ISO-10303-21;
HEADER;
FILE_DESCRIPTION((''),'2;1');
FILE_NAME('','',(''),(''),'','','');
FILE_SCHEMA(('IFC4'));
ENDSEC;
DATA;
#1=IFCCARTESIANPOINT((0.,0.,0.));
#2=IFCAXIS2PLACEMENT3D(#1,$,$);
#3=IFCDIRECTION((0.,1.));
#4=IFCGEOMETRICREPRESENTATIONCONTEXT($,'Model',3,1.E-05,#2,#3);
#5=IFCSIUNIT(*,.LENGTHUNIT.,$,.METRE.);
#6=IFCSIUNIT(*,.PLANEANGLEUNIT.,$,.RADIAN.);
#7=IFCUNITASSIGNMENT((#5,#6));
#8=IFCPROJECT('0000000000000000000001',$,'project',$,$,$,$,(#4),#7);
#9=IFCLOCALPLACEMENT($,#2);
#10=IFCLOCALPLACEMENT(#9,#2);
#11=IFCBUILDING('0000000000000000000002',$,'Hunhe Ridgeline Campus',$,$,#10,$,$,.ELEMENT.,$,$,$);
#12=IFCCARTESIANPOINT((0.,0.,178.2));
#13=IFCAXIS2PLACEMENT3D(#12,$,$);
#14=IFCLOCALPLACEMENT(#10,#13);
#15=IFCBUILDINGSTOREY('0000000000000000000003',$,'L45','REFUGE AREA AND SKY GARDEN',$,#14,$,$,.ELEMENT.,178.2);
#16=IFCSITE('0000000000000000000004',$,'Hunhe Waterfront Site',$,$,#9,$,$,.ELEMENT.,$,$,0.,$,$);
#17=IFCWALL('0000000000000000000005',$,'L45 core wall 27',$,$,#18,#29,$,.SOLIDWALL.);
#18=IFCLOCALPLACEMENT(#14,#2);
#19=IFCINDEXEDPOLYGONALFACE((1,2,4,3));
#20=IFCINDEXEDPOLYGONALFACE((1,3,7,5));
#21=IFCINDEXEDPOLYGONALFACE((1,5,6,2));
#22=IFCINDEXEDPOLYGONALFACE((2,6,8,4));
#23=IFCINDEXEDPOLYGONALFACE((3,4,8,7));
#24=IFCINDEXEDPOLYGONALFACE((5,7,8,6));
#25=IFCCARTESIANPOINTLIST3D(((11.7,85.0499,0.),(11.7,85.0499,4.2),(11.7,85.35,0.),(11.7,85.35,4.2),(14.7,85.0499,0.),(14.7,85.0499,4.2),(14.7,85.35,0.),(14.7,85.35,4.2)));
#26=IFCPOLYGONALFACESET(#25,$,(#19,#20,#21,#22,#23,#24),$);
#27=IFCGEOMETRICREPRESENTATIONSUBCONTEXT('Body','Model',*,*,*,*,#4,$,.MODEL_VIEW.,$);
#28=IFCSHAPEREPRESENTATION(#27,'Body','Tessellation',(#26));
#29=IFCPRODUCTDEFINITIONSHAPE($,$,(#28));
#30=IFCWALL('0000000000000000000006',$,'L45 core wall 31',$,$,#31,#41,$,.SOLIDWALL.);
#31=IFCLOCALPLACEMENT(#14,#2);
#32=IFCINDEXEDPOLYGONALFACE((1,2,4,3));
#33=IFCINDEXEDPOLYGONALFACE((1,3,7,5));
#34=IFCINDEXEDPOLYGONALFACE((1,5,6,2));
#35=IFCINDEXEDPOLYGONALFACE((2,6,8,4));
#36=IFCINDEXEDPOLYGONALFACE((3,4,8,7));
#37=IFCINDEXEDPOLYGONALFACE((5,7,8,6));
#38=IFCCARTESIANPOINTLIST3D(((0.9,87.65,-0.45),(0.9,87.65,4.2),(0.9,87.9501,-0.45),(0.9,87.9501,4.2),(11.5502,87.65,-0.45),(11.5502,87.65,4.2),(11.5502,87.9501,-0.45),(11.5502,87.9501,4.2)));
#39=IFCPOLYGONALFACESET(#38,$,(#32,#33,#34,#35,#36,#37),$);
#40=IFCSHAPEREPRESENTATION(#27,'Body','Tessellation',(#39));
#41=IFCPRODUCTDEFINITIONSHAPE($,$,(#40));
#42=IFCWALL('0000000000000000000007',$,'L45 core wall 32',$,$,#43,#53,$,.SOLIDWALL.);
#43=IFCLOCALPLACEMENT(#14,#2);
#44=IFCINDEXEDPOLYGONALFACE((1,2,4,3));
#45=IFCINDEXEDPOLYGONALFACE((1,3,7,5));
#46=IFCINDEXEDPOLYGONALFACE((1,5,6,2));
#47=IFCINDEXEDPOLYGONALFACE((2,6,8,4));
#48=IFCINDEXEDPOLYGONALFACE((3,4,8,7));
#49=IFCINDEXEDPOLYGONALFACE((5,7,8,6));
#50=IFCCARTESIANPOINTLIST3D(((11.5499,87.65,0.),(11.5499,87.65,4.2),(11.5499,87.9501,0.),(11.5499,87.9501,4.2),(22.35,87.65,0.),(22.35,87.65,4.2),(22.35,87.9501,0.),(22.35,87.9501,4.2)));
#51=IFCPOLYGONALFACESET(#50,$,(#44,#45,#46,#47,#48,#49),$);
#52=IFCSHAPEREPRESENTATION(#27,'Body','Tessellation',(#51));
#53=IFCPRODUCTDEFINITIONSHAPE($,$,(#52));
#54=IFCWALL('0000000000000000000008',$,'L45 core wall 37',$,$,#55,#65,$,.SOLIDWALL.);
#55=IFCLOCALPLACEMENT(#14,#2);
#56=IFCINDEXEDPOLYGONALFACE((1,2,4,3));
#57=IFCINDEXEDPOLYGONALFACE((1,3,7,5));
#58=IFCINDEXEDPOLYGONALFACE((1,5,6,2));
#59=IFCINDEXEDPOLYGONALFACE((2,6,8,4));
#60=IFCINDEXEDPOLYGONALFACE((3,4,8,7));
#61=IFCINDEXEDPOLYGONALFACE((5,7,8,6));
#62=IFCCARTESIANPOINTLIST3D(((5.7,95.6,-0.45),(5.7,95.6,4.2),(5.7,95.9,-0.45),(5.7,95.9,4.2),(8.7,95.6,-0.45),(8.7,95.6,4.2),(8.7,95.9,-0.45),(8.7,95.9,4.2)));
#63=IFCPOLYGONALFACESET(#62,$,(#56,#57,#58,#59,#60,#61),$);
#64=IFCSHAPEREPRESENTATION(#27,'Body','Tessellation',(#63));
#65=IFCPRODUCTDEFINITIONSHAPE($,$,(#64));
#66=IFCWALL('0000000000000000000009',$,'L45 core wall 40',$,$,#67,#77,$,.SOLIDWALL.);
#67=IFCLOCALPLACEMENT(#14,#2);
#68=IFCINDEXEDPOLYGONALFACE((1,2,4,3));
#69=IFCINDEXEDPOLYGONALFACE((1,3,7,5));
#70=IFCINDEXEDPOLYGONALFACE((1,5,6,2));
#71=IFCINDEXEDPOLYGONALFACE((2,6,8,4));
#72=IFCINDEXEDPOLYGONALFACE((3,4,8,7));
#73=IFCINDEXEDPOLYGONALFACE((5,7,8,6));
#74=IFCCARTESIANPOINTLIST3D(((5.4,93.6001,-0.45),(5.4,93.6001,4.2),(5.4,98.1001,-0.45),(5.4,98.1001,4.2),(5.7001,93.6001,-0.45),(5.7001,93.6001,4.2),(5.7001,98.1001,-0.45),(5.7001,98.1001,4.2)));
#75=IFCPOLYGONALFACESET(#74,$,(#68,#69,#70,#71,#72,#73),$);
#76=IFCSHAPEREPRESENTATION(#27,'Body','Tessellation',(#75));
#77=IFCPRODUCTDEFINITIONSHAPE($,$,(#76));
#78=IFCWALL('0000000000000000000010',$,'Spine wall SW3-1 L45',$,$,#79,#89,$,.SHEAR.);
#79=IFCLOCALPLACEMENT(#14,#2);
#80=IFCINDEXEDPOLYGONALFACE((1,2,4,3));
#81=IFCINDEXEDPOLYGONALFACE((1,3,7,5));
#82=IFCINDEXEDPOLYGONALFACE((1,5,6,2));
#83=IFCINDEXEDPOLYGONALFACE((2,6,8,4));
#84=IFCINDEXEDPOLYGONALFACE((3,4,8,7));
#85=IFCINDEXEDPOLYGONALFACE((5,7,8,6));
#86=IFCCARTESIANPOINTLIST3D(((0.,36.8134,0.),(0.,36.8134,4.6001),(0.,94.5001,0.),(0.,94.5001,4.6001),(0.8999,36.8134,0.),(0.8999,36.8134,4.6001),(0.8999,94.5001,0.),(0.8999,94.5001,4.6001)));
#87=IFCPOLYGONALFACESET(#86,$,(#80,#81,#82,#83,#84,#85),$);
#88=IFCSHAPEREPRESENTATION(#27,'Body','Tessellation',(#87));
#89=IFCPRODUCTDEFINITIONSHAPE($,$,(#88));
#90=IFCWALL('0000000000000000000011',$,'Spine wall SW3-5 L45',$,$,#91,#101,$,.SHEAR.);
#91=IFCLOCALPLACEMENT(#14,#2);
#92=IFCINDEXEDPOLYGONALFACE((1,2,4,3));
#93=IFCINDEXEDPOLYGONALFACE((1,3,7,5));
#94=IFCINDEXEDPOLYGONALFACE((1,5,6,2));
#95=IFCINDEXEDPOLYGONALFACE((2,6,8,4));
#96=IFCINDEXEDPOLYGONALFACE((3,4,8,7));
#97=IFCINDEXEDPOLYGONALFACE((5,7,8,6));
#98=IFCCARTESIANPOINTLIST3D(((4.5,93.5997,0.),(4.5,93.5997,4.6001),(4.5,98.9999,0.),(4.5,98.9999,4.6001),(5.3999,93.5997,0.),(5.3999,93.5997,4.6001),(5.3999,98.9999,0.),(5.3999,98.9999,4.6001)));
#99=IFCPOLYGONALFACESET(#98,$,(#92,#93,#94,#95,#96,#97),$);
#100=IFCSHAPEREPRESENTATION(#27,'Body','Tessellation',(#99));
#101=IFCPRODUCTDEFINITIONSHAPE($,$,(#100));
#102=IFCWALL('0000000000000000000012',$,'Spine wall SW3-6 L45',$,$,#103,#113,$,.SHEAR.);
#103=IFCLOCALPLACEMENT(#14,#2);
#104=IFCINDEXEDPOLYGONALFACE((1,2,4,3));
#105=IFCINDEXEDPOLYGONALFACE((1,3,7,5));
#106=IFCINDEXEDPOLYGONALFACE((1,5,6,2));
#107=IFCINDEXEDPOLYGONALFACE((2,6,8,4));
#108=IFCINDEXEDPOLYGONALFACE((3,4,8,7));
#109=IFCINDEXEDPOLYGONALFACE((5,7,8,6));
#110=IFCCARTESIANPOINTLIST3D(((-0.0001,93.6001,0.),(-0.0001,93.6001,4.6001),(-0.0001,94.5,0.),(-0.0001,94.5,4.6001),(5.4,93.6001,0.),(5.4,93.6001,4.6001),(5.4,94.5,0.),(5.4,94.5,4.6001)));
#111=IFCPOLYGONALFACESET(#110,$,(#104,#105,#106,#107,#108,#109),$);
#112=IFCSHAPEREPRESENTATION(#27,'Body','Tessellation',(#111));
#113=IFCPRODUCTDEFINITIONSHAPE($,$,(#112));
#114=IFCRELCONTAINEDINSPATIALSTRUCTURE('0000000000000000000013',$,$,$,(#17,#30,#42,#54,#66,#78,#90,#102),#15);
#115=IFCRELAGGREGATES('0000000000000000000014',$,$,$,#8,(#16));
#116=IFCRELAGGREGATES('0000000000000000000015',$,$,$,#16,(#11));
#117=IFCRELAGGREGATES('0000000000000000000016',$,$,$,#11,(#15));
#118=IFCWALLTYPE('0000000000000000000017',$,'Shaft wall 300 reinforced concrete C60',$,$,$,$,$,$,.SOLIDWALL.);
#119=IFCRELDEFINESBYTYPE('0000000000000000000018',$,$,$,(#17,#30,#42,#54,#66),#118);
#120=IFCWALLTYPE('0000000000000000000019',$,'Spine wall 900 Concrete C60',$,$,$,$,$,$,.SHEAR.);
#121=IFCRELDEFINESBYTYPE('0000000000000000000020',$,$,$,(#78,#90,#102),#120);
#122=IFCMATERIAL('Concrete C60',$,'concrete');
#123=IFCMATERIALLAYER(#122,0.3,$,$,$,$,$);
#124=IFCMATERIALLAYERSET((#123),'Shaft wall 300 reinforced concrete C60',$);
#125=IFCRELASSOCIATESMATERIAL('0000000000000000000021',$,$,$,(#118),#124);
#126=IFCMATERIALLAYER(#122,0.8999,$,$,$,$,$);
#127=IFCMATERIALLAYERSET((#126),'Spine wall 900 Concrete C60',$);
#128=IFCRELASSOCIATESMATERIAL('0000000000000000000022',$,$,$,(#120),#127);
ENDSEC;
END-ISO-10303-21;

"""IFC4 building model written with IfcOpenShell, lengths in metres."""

from ifc_helpers import new_model, si_unit, direction, frame, frame_2d, origin, place, context, subcontext, project, spatial, rectangle, extrude, material, layer, layer_set, type_object, element, save


model = new_model("IFC4")

# Units and contexts
model_context = context("Model", 3, precision=1e-05, world=origin(), true_north=direction((0.0, 1.0)))
body_context = subcontext(model_context, "Body", "Model", "MODEL_VIEW")
ifc_project = project(units=[si_unit("LENGTHUNIT", "METRE"), si_unit("PLANEANGLEUNIT", "RADIAN")], contexts=[model_context])

# Site, building, storey
site_placement = place(None, origin())
site = spatial("IfcSite", under=ifc_project, at=site_placement, Name="Hunhe Waterfront Site", CompositionType="ELEMENT", RefElevation=0.0)
building_placement = place(site_placement, origin())
building = spatial("IfcBuilding", under=site, at=building_placement, Name="Hunhe Ridgeline Campus", CompositionType="ELEMENT")
storey_placement = place(building_placement, frame((0.0, 0.0, 178.2)))
storey = spatial("IfcBuildingStorey", under=building, at=storey_placement, Name="L45", Description="REFUGE AREA AND SKY GARDEN", CompositionType="ELEMENT", Elevation=178.2)

# Shared definitions
ifc_material_1 = material(Name="Concrete C60", Category="concrete")

# Walls
ifc_layer_1 = layer(ifc_material_1, 0.3)
ifc_layer_set_1 = layer_set([ifc_layer_1], Name="Shaft wall 300 reinforced concrete C60")
wall_type_1 = type_object("IfcWallType", Name="Shaft wall 300 reinforced concrete C60", PredefinedType="SOLIDWALL", material=ifc_layer_set_1)
wall_1_placement = place(storey_placement, frame((11.7, 85.2, 0.0), z_axis=(0.0, 0.0, 1.0), x_axis=(1.0, 0.0, 0.0)))
element("IfcWall", 1, at=wall_1_placement, inside=storey, type_object=wall_type_1, Name="L45 core wall 27", PredefinedType="SOLIDWALL", context=body_context, shape_type="SweptSolid", body=[
    extrude(rectangle(XDim=3.0, YDim=0.3, at=frame_2d((1.5, 0.0))), origin(), (0.0, 0.0, 1.0), 4.2),
])
wall_2_placement = place(storey_placement, frame((0.8999, 87.8, -0.45), z_axis=(0.0, 0.0, 1.0), x_axis=(1.0, 0.0, 0.0)))
element("IfcWall", 2, at=wall_2_placement, inside=storey, type_object=wall_type_1, Name="L45 core wall 31", PredefinedType="SOLIDWALL", context=body_context, shape_type="SweptSolid", body=[
    extrude(rectangle(XDim=10.6501, YDim=0.3, at=frame_2d((5.3252, 0.0))), origin(), (0.0, 0.0, 1.0), 4.6499),
])
wall_3_placement = place(storey_placement, frame((11.55, 87.8, 0.0), z_axis=(0.0, 0.0, 1.0), x_axis=(1.0, 0.0, 0.0)))
element("IfcWall", 3, at=wall_3_placement, inside=storey, type_object=wall_type_1, Name="L45 core wall 32", PredefinedType="SOLIDWALL", context=body_context, shape_type="SweptSolid", body=[
    extrude(rectangle(XDim=10.8, YDim=0.3, at=frame_2d((5.3999, 0.0))), origin(), (0.0, 0.0, 1.0), 4.2),
])

# Walls
wall_4_placement = place(storey_placement, frame((5.7, 95.75, -0.45), z_axis=(0.0, 0.0, 1.0), x_axis=(1.0, 0.0, 0.0)))
element("IfcWall", 4, at=wall_4_placement, inside=storey, type_object=wall_type_1, Name="L45 core wall 37", PredefinedType="SOLIDWALL", context=body_context, shape_type="SweptSolid", body=[
    extrude(rectangle(XDim=3.0, YDim=0.3, at=frame_2d((1.5, 0.0))), origin(), (0.0, 0.0, 1.0), 4.6499),
])
wall_5_placement = place(storey_placement, frame((5.55, 93.6001, -0.45), z_axis=(0.0, 0.0, 1.0), x_axis=(0.0, 1.0, 0.0)))
element("IfcWall", 5, at=wall_5_placement, inside=storey, type_object=wall_type_1, Name="L45 core wall 40", PredefinedType="SOLIDWALL", context=body_context, shape_type="SweptSolid", body=[
    extrude(rectangle(XDim=4.5, YDim=0.3, at=frame_2d((2.25, 0.0))), origin(), (0.0, 0.0, 1.0), 4.6499),
])

# Walls
ifc_layer_2 = layer(ifc_material_1, 0.8999)
ifc_layer_set_2 = layer_set([ifc_layer_2], Name="Spine wall 900 Concrete C60")
wall_type_2 = type_object("IfcWallType", Name="Spine wall 900 Concrete C60", PredefinedType="SHEAR", material=ifc_layer_set_2)
wall_6_placement = place(storey_placement, frame((0.45, 94.5, 0.0), z_axis=(0.0, 0.0, 1.0), x_axis=(0.0, -1.0, 0.0)))
element("IfcWall", 6, at=wall_6_placement, inside=storey, type_object=wall_type_2, Name="Spine wall SW3-1 L45", PredefinedType="SHEAR", context=body_context, shape_type="SweptSolid", body=[
    extrude(rectangle(XDim=57.6868, YDim=0.8999, at=frame_2d((28.8433, 0.0))), origin(), (0.0, 0.0, 1.0), 4.6001),
])
for number, where, z_axis, x_axis, name in (
    (7, (4.95, 99.0, 0.0), (0.0, 0.0, 1.0), (0.0, -1.0, 0.0), "Spine wall SW3-5 L45"),
    (8, (5.4001, 94.05, 0.0), (0.0, 0.0, 1.0), (-1.0, 0.0, 0.0), "Spine wall SW3-6 L45"),
):
    element("IfcWall", number, at=place(storey_placement, frame(where, z_axis=z_axis, x_axis=x_axis)), inside=storey, type_object=wall_type_2, Name=name, PredefinedType="SHEAR", context=body_context, shape_type="SweptSolid", body=[
        extrude(rectangle(XDim=5.4001, YDim=0.8999, at=frame_2d((2.7002, 0.0))), origin(), (0.0, 0.0, 1.0), 4.6001),
    ])

save(model, "model.ifc")
